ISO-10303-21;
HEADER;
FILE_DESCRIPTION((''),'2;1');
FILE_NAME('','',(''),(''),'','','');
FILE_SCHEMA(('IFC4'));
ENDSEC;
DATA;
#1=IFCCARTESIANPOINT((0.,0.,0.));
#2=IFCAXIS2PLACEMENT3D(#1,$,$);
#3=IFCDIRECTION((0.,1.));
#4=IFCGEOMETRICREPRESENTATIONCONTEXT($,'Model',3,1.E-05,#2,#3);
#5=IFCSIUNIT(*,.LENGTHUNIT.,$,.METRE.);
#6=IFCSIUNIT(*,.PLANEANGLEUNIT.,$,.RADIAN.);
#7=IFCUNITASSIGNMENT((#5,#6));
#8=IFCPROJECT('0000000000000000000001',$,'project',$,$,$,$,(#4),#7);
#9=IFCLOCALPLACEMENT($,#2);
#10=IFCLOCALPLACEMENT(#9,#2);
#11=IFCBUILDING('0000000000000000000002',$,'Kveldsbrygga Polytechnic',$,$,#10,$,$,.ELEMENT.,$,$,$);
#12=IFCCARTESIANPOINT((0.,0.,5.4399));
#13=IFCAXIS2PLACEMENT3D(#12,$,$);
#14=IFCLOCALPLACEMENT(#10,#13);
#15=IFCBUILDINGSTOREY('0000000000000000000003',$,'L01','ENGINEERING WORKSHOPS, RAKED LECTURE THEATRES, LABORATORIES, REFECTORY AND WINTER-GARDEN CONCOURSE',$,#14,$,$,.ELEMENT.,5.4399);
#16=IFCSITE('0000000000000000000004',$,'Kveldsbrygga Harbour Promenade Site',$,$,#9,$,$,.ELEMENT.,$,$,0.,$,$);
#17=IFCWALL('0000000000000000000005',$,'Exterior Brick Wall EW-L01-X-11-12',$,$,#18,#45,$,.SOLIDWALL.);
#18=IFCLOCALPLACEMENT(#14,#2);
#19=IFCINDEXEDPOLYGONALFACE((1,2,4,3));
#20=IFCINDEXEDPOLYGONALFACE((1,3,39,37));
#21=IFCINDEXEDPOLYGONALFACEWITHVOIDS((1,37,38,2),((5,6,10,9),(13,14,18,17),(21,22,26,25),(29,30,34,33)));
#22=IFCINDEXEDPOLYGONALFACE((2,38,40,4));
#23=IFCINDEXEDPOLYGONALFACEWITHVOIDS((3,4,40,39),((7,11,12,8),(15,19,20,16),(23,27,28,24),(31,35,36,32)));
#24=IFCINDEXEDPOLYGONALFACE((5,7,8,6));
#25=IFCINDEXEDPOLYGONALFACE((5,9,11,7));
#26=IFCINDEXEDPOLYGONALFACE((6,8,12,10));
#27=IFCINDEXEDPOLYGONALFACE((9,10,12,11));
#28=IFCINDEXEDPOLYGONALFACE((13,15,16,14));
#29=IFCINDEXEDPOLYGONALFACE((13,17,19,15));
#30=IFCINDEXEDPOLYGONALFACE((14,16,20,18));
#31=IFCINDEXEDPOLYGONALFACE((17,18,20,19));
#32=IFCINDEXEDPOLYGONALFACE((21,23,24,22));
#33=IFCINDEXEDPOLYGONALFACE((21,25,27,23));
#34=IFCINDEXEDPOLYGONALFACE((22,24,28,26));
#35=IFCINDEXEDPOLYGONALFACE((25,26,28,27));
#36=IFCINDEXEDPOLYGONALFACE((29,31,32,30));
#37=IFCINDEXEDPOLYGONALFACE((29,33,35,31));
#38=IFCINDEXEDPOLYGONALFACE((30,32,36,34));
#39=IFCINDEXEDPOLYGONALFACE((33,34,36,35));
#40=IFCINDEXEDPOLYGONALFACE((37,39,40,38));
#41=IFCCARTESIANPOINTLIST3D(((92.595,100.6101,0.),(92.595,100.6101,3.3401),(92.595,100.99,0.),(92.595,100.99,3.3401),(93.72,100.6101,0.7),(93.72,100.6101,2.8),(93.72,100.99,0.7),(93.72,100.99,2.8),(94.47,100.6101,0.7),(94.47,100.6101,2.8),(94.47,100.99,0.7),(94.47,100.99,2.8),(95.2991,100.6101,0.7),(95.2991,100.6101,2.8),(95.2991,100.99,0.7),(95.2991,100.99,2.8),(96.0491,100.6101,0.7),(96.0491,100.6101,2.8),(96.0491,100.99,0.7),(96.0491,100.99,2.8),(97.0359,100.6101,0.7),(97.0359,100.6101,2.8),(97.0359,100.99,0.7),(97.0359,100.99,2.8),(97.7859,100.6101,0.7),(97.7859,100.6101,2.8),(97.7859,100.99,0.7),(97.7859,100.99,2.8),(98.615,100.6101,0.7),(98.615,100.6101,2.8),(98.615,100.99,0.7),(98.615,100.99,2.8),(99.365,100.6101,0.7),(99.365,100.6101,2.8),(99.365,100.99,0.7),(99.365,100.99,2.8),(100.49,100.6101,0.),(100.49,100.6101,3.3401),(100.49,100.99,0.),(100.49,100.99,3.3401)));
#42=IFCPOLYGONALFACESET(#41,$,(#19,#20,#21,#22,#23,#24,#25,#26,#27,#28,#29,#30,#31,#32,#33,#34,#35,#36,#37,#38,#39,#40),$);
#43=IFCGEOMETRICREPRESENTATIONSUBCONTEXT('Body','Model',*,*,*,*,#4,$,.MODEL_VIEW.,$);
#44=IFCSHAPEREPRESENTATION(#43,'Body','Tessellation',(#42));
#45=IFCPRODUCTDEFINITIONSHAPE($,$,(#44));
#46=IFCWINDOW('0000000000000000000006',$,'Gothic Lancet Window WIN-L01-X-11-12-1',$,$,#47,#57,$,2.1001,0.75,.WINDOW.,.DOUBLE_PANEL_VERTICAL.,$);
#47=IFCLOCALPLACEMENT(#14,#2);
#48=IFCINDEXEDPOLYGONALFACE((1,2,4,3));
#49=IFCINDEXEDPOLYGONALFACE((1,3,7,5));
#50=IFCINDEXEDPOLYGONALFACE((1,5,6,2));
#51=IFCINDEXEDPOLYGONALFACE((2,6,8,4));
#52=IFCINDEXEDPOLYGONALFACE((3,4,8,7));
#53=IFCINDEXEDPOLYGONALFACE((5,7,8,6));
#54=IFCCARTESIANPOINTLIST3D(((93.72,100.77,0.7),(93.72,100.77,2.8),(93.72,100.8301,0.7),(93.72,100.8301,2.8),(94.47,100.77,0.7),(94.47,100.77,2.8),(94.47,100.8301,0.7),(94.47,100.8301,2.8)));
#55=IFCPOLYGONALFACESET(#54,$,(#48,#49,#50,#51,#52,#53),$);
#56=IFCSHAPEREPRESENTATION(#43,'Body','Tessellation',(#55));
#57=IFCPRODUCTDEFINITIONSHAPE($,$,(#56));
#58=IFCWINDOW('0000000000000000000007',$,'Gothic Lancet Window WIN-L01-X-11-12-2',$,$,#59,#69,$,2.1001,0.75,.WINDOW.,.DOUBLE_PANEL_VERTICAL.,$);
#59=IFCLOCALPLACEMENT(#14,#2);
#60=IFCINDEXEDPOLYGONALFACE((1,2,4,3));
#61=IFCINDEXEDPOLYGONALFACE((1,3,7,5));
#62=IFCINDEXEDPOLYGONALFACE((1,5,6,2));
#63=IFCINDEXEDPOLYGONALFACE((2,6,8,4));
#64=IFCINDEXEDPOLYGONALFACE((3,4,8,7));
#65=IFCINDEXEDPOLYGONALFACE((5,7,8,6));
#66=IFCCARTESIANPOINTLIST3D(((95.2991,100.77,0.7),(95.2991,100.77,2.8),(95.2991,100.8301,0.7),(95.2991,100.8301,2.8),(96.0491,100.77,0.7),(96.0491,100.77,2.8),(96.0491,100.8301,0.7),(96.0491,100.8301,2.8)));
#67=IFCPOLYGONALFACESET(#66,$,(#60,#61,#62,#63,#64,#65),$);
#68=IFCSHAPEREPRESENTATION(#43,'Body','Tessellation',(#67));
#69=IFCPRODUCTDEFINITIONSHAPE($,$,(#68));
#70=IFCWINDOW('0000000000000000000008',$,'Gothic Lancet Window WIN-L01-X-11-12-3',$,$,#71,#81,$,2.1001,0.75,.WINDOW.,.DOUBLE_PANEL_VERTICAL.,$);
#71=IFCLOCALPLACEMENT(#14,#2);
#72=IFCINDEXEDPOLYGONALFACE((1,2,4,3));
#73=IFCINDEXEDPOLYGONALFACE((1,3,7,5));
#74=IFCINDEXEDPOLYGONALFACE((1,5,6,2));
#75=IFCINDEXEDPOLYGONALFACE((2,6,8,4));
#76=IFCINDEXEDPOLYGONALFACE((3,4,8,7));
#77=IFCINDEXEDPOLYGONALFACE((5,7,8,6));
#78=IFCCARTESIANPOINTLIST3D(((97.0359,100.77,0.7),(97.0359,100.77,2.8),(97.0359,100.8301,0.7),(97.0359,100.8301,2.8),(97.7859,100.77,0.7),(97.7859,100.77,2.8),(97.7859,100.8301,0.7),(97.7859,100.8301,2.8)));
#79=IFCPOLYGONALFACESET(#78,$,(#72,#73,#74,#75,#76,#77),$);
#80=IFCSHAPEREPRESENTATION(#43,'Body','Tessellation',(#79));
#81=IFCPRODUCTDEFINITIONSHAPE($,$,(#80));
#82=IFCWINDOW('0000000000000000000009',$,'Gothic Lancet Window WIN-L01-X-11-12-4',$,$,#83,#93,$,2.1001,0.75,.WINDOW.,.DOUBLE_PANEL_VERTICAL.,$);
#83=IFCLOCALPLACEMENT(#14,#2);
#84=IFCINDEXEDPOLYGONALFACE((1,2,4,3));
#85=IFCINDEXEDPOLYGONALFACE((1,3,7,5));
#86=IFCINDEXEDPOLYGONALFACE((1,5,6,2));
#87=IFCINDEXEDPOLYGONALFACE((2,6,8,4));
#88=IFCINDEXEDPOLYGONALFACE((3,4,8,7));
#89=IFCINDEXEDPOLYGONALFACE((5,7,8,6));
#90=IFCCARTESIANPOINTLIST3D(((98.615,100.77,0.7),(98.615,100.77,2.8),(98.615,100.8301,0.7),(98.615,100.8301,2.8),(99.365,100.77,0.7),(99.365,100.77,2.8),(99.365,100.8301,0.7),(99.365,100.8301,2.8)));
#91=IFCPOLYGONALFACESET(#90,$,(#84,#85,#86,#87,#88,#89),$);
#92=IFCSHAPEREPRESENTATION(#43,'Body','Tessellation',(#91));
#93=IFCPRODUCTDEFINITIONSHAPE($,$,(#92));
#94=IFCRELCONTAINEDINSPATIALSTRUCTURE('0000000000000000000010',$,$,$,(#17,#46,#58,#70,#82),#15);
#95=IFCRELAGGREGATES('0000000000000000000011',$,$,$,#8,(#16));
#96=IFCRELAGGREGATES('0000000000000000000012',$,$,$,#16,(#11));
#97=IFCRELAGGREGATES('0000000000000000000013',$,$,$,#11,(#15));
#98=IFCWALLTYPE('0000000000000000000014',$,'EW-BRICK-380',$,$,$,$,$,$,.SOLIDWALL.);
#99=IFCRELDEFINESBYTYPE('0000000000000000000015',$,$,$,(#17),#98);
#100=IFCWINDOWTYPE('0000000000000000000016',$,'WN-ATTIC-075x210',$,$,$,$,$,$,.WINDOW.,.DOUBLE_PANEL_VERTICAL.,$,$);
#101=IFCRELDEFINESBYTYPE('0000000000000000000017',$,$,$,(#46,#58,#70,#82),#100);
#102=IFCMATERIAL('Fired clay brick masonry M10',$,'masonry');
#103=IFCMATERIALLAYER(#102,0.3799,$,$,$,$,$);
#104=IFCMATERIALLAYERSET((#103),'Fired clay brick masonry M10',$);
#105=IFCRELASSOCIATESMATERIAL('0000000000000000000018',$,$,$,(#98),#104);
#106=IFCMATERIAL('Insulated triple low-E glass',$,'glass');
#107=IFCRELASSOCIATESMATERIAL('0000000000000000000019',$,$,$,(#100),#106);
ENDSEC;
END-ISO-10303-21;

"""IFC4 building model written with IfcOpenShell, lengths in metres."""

from ifc_helpers import new_model, si_unit, direction, frame, frame_2d, origin, place, context, subcontext, project, spatial, rectangle, extrude, material, layer, layer_set, type_object, element, fill, save


model = new_model("IFC4")

# Units and contexts
model_context = context("Model", 3, precision=1e-05, world=origin(), true_north=direction((0.0, 1.0)))
body_context = subcontext(model_context, "Body", "Model", "MODEL_VIEW")
ifc_project = project(units=[si_unit("LENGTHUNIT", "METRE"), si_unit("PLANEANGLEUNIT", "RADIAN")], contexts=[model_context])

# Site, building, storey
site_placement = place(None, origin())
site = spatial("IfcSite", under=ifc_project, at=site_placement, Name="Kveldsbrygga Harbour Promenade Site", CompositionType="ELEMENT", RefElevation=0.0)
building_placement = place(site_placement, origin())
building = spatial("IfcBuilding", under=site, at=building_placement, Name="Kveldsbrygga Polytechnic", CompositionType="ELEMENT")
storey_placement = place(building_placement, frame((0.0, 0.0, 5.4399)))
storey = spatial("IfcBuildingStorey", under=building, at=storey_placement, Name="L01", Description="ENGINEERING WORKSHOPS, RAKED LECTURE THEATRES, LABORATORIES, REFECTORY AND WINTER-GARDEN CONCOURSE", CompositionType="ELEMENT", Elevation=5.4399)

# Shared definitions
ifc_material_1 = material(Name="Insulated triple low-E glass", Category="glass")

# Wall, openings, windows
ifc_material_2 = material(Name="Fired clay brick masonry M10", Category="masonry")
ifc_layer_1 = layer(ifc_material_2, 0.3799)
ifc_layer_set_1 = layer_set([ifc_layer_1], Name="Fired clay brick masonry M10")
wall_type_1 = type_object("IfcWallType", Name="EW-BRICK-380", PredefinedType="SOLIDWALL", material=ifc_layer_set_1)
wall_1_placement = place(storey_placement, frame((92.595, 100.8, 0.0), z_axis=(0.0, 0.0, 1.0), x_axis=(1.0, 0.0, 0.0)))
wall_1 = element("IfcWall", 1, at=wall_1_placement, inside=storey, type_object=wall_type_1, Name="Exterior Brick Wall EW-L01-X-11-12", PredefinedType="SOLIDWALL", context=body_context, shape_type="SweptSolid", body=[
    extrude(rectangle(XDim=7.895, YDim=0.3799, at=frame_2d((3.9475, 0.0))), origin(), (0.0, 0.0, 1.0), 3.3401),
])
opening_1_placement = place(wall_1_placement, frame((1.125, 0.0, 0.7)))
opening_1 = element("IfcOpeningElement", 2, at=opening_1_placement, cuts=wall_1, PredefinedType="OPENING", context=body_context, shape_type="SweptSolid", body=[
    extrude(rectangle(XDim=0.75, YDim=2.1001, at=frame_2d((0.375, 1.05))), frame((0.0, 0.2, 0.0), z_axis=(0.0, -1.0, 0.0), x_axis=(1.0, 0.0, 0.0)), (0.0, 0.0, 1.0), 0.3999),
])
opening_2_placement = place(wall_1_placement, frame((2.7041, 0.0, 0.7)))
opening_2 = element("IfcOpeningElement", 3, at=opening_2_placement, cuts=wall_1, PredefinedType="OPENING", context=body_context, shape_type="SweptSolid", body=[
    extrude(rectangle(XDim=0.75, YDim=2.1001, at=frame_2d((0.375, 1.05))), frame((0.0, 0.2, 0.0), z_axis=(0.0, -1.0, 0.0), x_axis=(1.0, 0.0, 0.0)), (0.0, 0.0, 1.0), 0.3999),
])
opening_3_placement = place(wall_1_placement, frame((4.4409, 0.0, 0.7)))
opening_3 = element("IfcOpeningElement", 4, at=opening_3_placement, cuts=wall_1, PredefinedType="OPENING", context=body_context, shape_type="SweptSolid", body=[
    extrude(rectangle(XDim=0.75, YDim=2.1001, at=frame_2d((0.375, 1.05))), frame((0.0, 0.2, 0.0), z_axis=(0.0, -1.0, 0.0), x_axis=(1.0, 0.0, 0.0)), (0.0, 0.0, 1.0), 0.3999),
])
opening_4_placement = place(wall_1_placement, frame((6.02, 0.0, 0.7)))
opening_4 = element("IfcOpeningElement", 5, at=opening_4_placement, cuts=wall_1, PredefinedType="OPENING", context=body_context, shape_type="SweptSolid", body=[
    extrude(rectangle(XDim=0.75, YDim=2.1001, at=frame_2d((0.375, 1.05))), frame((0.0, 0.2, 0.0), z_axis=(0.0, -1.0, 0.0), x_axis=(1.0, 0.0, 0.0)), (0.0, 0.0, 1.0), 0.3999),
])
window_type = type_object("IfcWindowType", Name="WN-ATTIC-075x210", PartitioningType="DOUBLE_PANEL_VERTICAL", PredefinedType="WINDOW", material=ifc_material_1)
window_1_placement = place(opening_1_placement, origin())
window_1 = element("IfcWindow", 6, at=window_1_placement, inside=storey, type_object=window_type, Name="Gothic Lancet Window WIN-L01-X-11-12-1", OverallHeight=2.1001, OverallWidth=0.75, PartitioningType="DOUBLE_PANEL_VERTICAL", PredefinedType="WINDOW", context=body_context, shape_type="SweptSolid", body=[
    extrude(rectangle(XDim=0.75, YDim=2.1001, at=frame_2d((0.375, 1.05))), frame((0.0, 0.03, 0.0), z_axis=(0.0, -1.0, 0.0), x_axis=(1.0, 0.0, 0.0)), (0.0, 0.0, 1.0), 0.0601),
])
fill(opening_1, window_1)
window_2_placement = place(opening_2_placement, origin())
window_2 = element("IfcWindow", 7, at=window_2_placement, inside=storey, type_object=window_type, Name="Gothic Lancet Window WIN-L01-X-11-12-2", OverallHeight=2.1001, OverallWidth=0.75, PartitioningType="DOUBLE_PANEL_VERTICAL", PredefinedType="WINDOW", context=body_context, shape_type="SweptSolid", body=[
    extrude(rectangle(XDim=0.75, YDim=2.1001, at=frame_2d((0.375, 1.05))), frame((0.0, 0.03, 0.0), z_axis=(0.0, -1.0, 0.0), x_axis=(1.0, 0.0, 0.0)), (0.0, 0.0, 1.0), 0.0601),
])
fill(opening_2, window_2)
window_3_placement = place(opening_3_placement, origin())
window_3 = element("IfcWindow", 8, at=window_3_placement, inside=storey, type_object=window_type, Name="Gothic Lancet Window WIN-L01-X-11-12-3", OverallHeight=2.1001, OverallWidth=0.75, PartitioningType="DOUBLE_PANEL_VERTICAL", PredefinedType="WINDOW", context=body_context, shape_type="SweptSolid", body=[
    extrude(rectangle(XDim=0.75, YDim=2.1001, at=frame_2d((0.375, 1.05))), frame((0.0, 0.03, 0.0), z_axis=(0.0, -1.0, 0.0), x_axis=(1.0, 0.0, 0.0)), (0.0, 0.0, 1.0), 0.0601),
])
fill(opening_3, window_3)
window_4_placement = place(opening_4_placement, origin())
window_4 = element("IfcWindow", 9, at=window_4_placement, inside=storey, type_object=window_type, Name="Gothic Lancet Window WIN-L01-X-11-12-4", OverallHeight=2.1001, OverallWidth=0.75, PartitioningType="DOUBLE_PANEL_VERTICAL", PredefinedType="WINDOW", context=body_context, shape_type="SweptSolid", body=[
    extrude(rectangle(XDim=0.75, YDim=2.1001, at=frame_2d((0.375, 1.05))), frame((0.0, 0.03, 0.0), z_axis=(0.0, -1.0, 0.0), x_axis=(1.0, 0.0, 0.0)), (0.0, 0.0, 1.0), 0.0601),
])
fill(opening_4, window_4)

save(model, "model.ifc")
